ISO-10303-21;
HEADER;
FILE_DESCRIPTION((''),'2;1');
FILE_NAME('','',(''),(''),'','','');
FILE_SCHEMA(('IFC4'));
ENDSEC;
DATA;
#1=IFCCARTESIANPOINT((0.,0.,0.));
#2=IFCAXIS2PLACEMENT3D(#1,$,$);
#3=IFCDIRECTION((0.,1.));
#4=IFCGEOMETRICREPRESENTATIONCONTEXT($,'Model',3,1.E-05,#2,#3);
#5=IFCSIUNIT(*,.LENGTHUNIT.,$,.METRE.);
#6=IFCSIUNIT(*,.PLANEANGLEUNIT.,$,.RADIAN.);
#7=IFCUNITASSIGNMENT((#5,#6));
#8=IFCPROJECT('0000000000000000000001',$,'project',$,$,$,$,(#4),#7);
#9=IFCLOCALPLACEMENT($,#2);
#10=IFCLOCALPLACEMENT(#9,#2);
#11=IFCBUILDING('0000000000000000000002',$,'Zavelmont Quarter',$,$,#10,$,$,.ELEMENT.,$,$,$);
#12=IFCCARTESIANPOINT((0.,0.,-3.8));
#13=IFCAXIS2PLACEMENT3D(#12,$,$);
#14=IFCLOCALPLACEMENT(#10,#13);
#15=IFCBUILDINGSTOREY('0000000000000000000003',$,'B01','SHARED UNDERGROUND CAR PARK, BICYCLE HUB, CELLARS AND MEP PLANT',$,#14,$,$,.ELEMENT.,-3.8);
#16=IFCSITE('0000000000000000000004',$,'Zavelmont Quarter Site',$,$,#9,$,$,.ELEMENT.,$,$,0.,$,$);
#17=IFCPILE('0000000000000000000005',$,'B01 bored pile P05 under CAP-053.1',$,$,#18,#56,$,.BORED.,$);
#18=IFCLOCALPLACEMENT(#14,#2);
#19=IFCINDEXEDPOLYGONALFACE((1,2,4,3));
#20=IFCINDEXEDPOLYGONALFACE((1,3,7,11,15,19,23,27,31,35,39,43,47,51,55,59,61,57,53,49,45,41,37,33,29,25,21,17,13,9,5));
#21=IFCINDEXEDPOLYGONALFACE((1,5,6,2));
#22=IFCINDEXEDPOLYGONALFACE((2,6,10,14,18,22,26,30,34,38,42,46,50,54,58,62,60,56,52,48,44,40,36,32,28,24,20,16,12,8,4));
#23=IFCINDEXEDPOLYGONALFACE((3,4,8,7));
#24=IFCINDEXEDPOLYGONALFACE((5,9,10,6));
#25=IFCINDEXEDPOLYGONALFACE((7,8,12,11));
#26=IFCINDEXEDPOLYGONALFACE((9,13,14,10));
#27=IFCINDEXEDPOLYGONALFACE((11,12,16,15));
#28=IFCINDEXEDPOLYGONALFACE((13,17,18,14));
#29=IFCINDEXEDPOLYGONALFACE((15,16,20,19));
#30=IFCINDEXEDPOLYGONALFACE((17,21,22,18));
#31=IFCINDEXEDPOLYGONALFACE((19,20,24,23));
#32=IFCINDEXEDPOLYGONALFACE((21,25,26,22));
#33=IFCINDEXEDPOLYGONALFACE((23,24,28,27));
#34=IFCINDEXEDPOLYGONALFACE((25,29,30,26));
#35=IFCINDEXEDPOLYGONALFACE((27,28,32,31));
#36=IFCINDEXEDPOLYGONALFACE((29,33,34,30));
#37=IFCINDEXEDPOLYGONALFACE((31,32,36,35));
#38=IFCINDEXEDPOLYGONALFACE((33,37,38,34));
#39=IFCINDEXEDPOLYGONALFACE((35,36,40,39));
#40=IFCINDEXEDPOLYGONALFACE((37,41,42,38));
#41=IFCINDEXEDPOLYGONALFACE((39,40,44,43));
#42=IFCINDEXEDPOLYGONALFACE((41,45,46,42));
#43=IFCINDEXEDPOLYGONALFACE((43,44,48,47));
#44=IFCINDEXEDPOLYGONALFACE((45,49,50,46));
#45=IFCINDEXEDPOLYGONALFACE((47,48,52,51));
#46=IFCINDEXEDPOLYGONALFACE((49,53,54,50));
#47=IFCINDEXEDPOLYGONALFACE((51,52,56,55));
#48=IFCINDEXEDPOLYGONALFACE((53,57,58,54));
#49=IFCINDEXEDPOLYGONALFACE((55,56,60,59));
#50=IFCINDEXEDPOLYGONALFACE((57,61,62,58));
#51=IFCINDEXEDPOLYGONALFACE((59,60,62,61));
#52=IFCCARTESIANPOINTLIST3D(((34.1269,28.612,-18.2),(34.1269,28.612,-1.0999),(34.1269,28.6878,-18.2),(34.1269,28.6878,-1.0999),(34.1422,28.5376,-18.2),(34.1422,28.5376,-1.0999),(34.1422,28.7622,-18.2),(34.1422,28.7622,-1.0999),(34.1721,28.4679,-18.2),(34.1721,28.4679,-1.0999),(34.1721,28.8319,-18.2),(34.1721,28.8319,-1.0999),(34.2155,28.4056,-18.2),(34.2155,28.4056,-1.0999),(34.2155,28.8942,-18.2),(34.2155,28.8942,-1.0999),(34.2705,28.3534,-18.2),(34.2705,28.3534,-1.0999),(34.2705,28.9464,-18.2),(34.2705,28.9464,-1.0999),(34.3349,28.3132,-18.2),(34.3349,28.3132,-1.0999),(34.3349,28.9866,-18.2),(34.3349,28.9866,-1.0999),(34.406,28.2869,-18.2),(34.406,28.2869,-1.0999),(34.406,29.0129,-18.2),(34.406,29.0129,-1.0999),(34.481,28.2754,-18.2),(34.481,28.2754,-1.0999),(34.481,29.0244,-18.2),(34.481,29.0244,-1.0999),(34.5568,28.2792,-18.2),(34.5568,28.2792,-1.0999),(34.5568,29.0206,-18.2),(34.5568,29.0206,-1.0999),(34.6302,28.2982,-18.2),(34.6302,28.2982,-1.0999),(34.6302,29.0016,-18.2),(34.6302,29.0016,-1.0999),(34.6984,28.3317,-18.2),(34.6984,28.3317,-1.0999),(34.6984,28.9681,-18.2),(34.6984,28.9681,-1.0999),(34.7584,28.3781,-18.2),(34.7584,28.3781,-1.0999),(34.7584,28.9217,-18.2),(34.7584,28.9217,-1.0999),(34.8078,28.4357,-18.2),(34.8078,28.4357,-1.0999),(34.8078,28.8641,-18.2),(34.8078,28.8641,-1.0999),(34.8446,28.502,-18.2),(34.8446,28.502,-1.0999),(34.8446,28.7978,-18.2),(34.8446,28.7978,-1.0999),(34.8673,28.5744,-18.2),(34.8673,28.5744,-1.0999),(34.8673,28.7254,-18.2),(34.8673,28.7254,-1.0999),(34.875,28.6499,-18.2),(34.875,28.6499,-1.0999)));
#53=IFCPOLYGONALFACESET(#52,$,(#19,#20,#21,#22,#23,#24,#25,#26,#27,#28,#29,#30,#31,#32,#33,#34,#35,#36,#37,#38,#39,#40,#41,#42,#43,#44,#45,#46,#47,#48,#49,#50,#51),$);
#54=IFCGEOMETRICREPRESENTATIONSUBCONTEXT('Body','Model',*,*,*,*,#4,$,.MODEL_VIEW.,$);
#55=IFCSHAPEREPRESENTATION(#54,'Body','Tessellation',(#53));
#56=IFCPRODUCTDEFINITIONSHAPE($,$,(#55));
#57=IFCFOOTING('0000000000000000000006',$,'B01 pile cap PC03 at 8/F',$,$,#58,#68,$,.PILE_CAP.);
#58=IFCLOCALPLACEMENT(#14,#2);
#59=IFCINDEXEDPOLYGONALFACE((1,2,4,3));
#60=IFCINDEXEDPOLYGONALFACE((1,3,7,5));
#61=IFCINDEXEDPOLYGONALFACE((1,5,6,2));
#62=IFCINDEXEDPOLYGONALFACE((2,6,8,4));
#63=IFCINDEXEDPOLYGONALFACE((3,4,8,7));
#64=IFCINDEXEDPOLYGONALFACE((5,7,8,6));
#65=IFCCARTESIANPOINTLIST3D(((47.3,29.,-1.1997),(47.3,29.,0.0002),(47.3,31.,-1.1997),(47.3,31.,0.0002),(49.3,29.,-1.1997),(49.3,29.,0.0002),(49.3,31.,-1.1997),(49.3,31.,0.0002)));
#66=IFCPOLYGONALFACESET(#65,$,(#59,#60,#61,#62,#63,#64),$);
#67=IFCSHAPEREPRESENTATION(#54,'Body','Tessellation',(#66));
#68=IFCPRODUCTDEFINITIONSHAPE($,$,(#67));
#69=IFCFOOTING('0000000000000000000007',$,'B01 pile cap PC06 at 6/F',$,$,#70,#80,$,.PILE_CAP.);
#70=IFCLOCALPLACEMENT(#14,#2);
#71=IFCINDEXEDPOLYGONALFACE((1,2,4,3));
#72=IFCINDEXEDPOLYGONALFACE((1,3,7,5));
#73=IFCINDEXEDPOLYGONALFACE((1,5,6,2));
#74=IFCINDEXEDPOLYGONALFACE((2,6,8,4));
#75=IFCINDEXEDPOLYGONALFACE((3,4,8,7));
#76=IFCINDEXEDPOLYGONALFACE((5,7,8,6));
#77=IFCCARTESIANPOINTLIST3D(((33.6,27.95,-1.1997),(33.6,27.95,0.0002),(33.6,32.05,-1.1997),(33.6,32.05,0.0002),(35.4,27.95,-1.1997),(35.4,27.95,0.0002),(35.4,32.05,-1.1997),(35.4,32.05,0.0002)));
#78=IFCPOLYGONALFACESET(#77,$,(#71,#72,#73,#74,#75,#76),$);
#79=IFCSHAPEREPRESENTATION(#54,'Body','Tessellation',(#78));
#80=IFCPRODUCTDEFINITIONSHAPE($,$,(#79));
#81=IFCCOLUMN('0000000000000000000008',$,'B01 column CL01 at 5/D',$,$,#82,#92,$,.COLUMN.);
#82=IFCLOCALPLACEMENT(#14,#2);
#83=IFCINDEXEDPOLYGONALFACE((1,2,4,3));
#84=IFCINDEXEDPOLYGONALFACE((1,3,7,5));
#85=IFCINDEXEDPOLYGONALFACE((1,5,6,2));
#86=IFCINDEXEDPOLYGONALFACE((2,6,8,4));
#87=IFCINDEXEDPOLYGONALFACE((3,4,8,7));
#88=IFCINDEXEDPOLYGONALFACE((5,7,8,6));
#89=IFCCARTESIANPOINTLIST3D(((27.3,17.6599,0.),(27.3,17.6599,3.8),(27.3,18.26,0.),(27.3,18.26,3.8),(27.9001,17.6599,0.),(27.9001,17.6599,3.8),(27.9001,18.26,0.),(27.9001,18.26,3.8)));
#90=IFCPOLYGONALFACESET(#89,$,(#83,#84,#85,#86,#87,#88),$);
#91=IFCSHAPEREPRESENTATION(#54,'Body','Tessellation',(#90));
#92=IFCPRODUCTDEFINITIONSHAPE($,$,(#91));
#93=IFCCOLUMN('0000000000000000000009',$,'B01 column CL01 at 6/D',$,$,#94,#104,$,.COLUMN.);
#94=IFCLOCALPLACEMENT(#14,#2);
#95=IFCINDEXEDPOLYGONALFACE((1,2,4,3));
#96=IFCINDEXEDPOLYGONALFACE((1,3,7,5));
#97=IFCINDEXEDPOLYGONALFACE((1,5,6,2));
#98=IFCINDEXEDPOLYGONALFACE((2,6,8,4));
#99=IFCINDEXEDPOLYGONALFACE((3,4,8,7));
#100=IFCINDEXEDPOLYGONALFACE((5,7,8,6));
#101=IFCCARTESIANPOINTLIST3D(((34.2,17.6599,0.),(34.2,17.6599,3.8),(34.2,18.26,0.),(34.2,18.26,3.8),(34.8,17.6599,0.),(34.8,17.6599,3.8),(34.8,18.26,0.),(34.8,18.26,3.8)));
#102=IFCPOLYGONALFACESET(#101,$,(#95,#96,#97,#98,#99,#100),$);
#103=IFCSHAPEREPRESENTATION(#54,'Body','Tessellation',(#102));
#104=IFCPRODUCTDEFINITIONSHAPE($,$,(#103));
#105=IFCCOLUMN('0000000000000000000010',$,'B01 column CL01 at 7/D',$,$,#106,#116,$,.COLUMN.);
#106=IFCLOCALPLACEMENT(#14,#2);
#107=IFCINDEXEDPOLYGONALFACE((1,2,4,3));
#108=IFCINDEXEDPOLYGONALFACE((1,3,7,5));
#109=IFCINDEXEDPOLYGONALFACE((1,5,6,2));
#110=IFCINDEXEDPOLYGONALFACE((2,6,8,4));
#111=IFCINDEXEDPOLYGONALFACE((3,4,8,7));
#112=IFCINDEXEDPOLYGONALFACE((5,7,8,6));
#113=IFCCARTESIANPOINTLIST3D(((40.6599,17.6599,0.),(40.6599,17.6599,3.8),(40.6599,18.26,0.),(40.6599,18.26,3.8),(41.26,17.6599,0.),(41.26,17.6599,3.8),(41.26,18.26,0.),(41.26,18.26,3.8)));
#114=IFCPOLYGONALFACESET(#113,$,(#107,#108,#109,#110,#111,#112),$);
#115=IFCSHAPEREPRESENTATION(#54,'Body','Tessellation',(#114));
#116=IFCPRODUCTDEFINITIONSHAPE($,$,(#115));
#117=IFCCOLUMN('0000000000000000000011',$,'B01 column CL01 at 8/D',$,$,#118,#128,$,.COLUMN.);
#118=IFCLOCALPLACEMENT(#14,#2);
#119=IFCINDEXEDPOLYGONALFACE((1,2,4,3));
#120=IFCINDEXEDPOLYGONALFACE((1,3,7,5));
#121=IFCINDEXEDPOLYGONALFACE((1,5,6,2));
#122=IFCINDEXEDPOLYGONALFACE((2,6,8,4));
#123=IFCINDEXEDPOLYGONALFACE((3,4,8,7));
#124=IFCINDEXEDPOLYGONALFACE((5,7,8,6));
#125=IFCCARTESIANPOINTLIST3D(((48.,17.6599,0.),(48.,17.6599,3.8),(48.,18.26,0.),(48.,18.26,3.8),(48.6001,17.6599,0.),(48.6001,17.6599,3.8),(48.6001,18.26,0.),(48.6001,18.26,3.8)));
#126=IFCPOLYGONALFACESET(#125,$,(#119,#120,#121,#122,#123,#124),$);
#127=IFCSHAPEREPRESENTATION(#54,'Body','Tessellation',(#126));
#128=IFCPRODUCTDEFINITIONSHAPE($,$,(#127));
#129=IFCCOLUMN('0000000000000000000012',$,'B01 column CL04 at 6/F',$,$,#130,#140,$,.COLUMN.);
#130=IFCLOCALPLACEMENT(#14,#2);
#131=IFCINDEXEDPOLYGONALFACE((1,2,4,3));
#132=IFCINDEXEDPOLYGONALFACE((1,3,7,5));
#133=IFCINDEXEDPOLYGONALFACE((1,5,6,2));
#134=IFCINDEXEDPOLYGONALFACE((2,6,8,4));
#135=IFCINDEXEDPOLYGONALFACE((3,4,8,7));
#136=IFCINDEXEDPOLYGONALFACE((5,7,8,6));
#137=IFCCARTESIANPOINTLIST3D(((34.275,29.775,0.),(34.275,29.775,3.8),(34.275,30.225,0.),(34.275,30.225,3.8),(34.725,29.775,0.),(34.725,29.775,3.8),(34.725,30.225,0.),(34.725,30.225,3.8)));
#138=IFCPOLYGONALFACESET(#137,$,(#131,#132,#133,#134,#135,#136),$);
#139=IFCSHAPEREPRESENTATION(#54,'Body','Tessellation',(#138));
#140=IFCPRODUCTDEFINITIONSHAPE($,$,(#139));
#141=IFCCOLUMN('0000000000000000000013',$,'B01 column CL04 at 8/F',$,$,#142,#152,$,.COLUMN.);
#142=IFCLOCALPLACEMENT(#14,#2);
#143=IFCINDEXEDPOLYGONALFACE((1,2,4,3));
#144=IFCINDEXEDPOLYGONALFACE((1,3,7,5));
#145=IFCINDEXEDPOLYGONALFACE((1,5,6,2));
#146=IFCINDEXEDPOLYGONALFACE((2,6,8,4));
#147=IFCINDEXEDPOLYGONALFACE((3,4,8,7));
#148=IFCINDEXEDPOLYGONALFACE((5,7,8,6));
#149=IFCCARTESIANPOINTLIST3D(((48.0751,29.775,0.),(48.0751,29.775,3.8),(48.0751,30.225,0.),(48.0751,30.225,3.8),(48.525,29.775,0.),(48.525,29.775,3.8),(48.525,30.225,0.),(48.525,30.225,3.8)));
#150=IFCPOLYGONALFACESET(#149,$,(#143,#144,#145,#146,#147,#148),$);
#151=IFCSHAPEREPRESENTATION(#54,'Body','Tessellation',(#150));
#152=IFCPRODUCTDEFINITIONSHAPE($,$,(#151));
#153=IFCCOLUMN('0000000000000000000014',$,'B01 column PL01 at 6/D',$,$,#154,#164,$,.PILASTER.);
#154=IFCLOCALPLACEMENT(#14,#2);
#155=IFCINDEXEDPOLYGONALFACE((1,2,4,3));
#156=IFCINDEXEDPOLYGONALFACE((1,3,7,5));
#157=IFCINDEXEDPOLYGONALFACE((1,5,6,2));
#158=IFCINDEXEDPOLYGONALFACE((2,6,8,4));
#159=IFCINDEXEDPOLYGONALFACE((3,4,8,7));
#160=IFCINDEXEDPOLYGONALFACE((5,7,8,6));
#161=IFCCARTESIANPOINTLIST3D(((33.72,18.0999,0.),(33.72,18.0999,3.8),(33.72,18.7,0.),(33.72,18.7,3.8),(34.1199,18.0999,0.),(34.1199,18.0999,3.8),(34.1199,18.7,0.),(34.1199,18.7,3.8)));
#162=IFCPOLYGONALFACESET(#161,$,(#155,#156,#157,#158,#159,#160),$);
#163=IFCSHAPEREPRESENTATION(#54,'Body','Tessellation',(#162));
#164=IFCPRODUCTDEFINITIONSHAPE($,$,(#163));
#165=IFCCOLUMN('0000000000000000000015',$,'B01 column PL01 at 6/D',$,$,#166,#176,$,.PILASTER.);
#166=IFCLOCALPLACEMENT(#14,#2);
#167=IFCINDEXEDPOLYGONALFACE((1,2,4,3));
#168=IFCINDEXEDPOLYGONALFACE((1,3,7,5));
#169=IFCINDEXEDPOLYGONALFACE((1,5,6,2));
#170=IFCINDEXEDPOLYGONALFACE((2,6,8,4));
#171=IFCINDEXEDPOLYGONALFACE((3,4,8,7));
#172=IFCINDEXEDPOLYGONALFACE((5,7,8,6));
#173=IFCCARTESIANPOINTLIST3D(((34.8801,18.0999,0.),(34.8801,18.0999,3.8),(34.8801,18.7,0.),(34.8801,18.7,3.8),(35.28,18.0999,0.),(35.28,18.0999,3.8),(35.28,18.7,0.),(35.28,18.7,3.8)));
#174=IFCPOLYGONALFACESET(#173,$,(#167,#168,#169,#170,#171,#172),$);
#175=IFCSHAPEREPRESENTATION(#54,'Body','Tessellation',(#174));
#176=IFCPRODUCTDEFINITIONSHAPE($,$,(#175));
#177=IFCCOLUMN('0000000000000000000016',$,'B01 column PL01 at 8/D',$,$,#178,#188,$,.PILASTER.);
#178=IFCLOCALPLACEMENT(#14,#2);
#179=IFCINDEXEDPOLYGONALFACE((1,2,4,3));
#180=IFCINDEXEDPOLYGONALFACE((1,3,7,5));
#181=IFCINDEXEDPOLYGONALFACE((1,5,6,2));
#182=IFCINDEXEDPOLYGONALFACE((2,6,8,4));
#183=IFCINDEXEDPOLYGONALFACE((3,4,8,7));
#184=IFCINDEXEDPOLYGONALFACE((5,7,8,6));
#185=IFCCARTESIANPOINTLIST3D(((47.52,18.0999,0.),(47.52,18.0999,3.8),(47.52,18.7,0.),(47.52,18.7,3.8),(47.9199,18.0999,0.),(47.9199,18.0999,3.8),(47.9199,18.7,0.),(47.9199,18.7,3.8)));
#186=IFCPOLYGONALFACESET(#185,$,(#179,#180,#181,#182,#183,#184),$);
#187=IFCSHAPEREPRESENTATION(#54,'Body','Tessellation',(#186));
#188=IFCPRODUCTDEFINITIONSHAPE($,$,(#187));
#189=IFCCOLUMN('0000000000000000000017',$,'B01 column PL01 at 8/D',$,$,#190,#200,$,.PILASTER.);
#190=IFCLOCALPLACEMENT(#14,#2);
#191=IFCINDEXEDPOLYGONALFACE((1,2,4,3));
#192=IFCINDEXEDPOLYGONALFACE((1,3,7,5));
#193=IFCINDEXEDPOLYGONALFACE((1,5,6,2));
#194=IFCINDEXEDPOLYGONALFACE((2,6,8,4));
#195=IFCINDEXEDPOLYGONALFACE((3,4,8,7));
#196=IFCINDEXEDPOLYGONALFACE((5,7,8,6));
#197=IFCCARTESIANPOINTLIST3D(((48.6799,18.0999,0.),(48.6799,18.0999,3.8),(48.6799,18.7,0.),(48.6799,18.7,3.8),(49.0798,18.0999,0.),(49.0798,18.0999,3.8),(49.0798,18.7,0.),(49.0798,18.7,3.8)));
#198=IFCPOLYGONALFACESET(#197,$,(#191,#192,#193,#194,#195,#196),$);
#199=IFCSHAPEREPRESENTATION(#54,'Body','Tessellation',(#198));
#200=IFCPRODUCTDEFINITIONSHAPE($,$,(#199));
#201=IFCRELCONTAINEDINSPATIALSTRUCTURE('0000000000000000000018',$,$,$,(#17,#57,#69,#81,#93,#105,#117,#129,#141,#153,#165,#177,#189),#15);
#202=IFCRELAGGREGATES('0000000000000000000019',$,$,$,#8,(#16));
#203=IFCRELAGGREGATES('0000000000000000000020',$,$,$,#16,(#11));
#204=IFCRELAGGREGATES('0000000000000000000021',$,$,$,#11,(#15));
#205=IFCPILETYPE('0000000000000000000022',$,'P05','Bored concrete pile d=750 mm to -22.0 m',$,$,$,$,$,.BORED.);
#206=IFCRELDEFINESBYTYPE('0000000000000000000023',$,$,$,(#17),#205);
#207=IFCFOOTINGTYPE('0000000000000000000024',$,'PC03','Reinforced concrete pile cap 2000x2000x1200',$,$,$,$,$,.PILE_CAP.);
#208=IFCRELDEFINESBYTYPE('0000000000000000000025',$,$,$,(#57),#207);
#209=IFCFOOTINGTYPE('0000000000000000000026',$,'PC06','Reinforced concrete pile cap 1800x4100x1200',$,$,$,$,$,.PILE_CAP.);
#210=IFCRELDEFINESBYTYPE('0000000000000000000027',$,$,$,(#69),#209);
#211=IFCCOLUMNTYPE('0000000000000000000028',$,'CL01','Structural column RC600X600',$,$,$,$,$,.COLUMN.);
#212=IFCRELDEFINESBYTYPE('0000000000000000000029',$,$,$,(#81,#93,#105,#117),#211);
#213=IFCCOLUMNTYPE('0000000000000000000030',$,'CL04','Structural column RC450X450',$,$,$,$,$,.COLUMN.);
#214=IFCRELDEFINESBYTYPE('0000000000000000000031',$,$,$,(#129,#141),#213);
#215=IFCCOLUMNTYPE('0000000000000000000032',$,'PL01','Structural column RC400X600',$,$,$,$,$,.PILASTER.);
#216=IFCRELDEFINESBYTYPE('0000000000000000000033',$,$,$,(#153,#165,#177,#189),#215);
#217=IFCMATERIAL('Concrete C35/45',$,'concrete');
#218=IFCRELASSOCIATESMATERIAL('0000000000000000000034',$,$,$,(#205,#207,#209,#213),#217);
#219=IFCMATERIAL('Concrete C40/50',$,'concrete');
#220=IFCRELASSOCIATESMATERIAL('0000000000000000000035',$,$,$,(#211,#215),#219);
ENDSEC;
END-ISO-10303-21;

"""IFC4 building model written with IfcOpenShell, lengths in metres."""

from ifc_helpers import new_model, si_unit, direction, frame, origin, origin_2d, place, context, subcontext, project, spatial, rectangle, circle, extrude, material, material_profile, profile_set, type_object, element, save


model = new_model("IFC4")

# Units and contexts
model_context = context("Model", 3, precision=1e-05, world=origin(), true_north=direction((0.0, 1.0)))
body_context = subcontext(model_context, "Body", "Model", "MODEL_VIEW")
ifc_project = project(units=[si_unit("LENGTHUNIT", "METRE"), si_unit("PLANEANGLEUNIT", "RADIAN")], contexts=[model_context])

# Site, building, storey
site_placement = place(None, origin())
site = spatial("IfcSite", under=ifc_project, at=site_placement, Name="Zavelmont Quarter Site", CompositionType="ELEMENT", RefElevation=0.0)
building_placement = place(site_placement, origin())
building = spatial("IfcBuilding", under=site, at=building_placement, Name="Zavelmont Quarter", CompositionType="ELEMENT")
storey_placement = place(building_placement, frame((0.0, 0.0, -3.8)))
storey = spatial("IfcBuildingStorey", under=building, at=storey_placement, Name="B01", Description="SHARED UNDERGROUND CAR PARK, BICYCLE HUB, CELLARS AND MEP PLANT", CompositionType="ELEMENT", Elevation=-3.8)

# Shared definitions
ifc_material_1 = material(Name="Concrete C35/45", Category="concrete")

# Pile
ifc_material_profile_1 = material_profile(ifc_material_1, circle(Radius=0.375, at=origin_2d()), Name="BP750")
ifc_profile_set_1 = profile_set([ifc_material_profile_1], Name="Concrete C35/45")
pile_type_1 = type_object("IfcPileType", Name="P05", Description="Bored concrete pile d=750 mm to -22.0 m", PredefinedType="BORED", material=ifc_profile_set_1)
pile_1_placement = place(storey_placement, frame((34.5, 28.6499, -1.0999), z_axis=(0.0, 0.0, -1.0), x_axis=(1.0, 0.0, 0.0)))
element("IfcPile", 1, at=pile_1_placement, inside=storey, type_object=pile_type_1, Name="B01 bored pile P05 under CAP-053.1", PredefinedType="BORED", context=body_context, shape_type="SweptSolid", body=[
    extrude(circle(Radius=0.375, at=origin_2d()), origin(), (0.0, 0.0, 1.0), 17.1001),
])

# Footings
footing_type_1 = type_object("IfcFootingType", Name="PC03", Description="Reinforced concrete pile cap 2000x2000x1200", PredefinedType="PILE_CAP", material=ifc_material_1)
footing_1_placement = place(storey_placement, frame((48.3, 30.0, -1.1997), z_axis=(0.0, 0.0, 1.0), x_axis=(1.0, 0.0, 0.0)))
element("IfcFooting", 2, at=footing_1_placement, inside=storey, type_object=footing_type_1, Name="B01 pile cap PC03 at 8/F", PredefinedType="PILE_CAP", context=body_context, shape_type="SweptSolid", body=[
    extrude(rectangle(XDim=2.0, YDim=2.0, at=origin_2d()), origin(), (0.0, 0.0, 1.0), 1.2),
])
footing_type_2 = type_object("IfcFootingType", Name="PC06", Description="Reinforced concrete pile cap 1800x4100x1200", PredefinedType="PILE_CAP", material=ifc_material_1)
footing_2_placement = place(storey_placement, frame((34.5, 30.0, -1.1997), z_axis=(0.0, 0.0, 1.0), x_axis=(1.0, 0.0, 0.0)))
element("IfcFooting", 3, at=footing_2_placement, inside=storey, type_object=footing_type_2, Name="B01 pile cap PC06 at 6/F", PredefinedType="PILE_CAP", context=body_context, shape_type="SweptSolid", body=[
    extrude(rectangle(XDim=1.8, YDim=4.1001, at=origin_2d()), origin(), (0.0, 0.0, 1.0), 1.2),
])

# Columns
ifc_material_2 = material(Name="Concrete C40/50", Category="concrete")
ifc_material_profile_2 = material_profile(ifc_material_2, rectangle(XDim=0.6001, YDim=0.6001, at=origin_2d()), Name="RC600X600")
ifc_profile_set_2 = profile_set([ifc_material_profile_2], Name="Concrete C40/50")
column_type_1 = type_object("IfcColumnType", Name="CL01", Description="Structural column RC600X600", PredefinedType="COLUMN", material=ifc_profile_set_2)
for number, where, z_axis, x_axis, name in (
    (4, (27.6001, 17.96, 0.0), (0.0, 0.0, 1.0), (1.0, 0.0, 0.0), "B01 column CL01 at 5/D"),
    (5, (34.5, 17.96, 0.0), (0.0, 0.0, 1.0), (1.0, 0.0, 0.0), "B01 column CL01 at 6/D"),
    (6, (40.96, 17.96, 0.0), (0.0, 0.0, 1.0), (1.0, 0.0, 0.0), "B01 column CL01 at 7/D"),
    (7, (48.3, 17.96, 0.0), (0.0, 0.0, 1.0), (1.0, 0.0, 0.0), "B01 column CL01 at 8/D"),
):
    element("IfcColumn", number, at=place(storey_placement, frame(where, z_axis=z_axis, x_axis=x_axis)), inside=storey, type_object=column_type_1, Name=name, PredefinedType="COLUMN", context=body_context, shape_type="SweptSolid", body=[
        extrude(rectangle(XDim=0.6001, YDim=0.6001, at=origin_2d()), origin(), (0.0, 0.0, 1.0), 3.8),
    ])
ifc_material_profile_3 = material_profile(ifc_material_1, rectangle(XDim=0.45, YDim=0.45, at=origin_2d()), Name="RC450X450")
ifc_profile_set_3 = profile_set([ifc_material_profile_3], Name="Concrete C35/45")
column_type_2 = type_object("IfcColumnType", Name="CL04", Description="Structural column RC450X450", PredefinedType="COLUMN", material=ifc_profile_set_3)
for number, where, z_axis, x_axis, name in (
    (8, (34.5, 30.0, 0.0), (0.0, 0.0, 1.0), (1.0, 0.0, 0.0), "B01 column CL04 at 6/F"),
    (9, (48.3, 30.0, 0.0), (0.0, 0.0, 1.0), (1.0, 0.0, 0.0), "B01 column CL04 at 8/F"),
):
    element("IfcColumn", number, at=place(storey_placement, frame(where, z_axis=z_axis, x_axis=x_axis)), inside=storey, type_object=column_type_2, Name=name, PredefinedType="COLUMN", context=body_context, shape_type="SweptSolid", body=[
        extrude(rectangle(XDim=0.45, YDim=0.45, at=origin_2d()), origin(), (0.0, 0.0, 1.0), 3.8),
    ])
ifc_material_profile_4 = material_profile(ifc_material_2, rectangle(XDim=0.3999, YDim=0.6001, at=origin_2d()), Name="RC400X600")
ifc_profile_set_4 = profile_set([ifc_material_profile_4], Name="Concrete C40/50")
column_type_3 = type_object("IfcColumnType", Name="PL01", Description="Structural column RC400X600", PredefinedType="PILASTER", material=ifc_profile_set_4)
for number, where, z_axis, x_axis, name in (
    (10, (33.9199, 18.3999, 0.0), (0.0, 0.0, 1.0), (1.0, 0.0, 0.0), "B01 column PL01 at 6/D"),
    (11, (35.0801, 18.3999, 0.0), (0.0, 0.0, 1.0), (1.0, 0.0, 0.0), "B01 column PL01 at 6/D"),
    (12, (47.72, 18.3999, 0.0), (0.0, 0.0, 1.0), (1.0, 0.0, 0.0), "B01 column PL01 at 8/D"),
    (13, (48.8799, 18.3999, 0.0), (0.0, 0.0, 1.0), (1.0, 0.0, 0.0), "B01 column PL01 at 8/D"),
):
    element("IfcColumn", number, at=place(storey_placement, frame(where, z_axis=z_axis, x_axis=x_axis)), inside=storey, type_object=column_type_3, Name=name, PredefinedType="PILASTER", context=body_context, shape_type="SweptSolid", body=[
        extrude(rectangle(XDim=0.3999, YDim=0.6001, at=origin_2d()), origin(), (0.0, 0.0, 1.0), 3.8),
    ])

save(model, "model.ifc")
